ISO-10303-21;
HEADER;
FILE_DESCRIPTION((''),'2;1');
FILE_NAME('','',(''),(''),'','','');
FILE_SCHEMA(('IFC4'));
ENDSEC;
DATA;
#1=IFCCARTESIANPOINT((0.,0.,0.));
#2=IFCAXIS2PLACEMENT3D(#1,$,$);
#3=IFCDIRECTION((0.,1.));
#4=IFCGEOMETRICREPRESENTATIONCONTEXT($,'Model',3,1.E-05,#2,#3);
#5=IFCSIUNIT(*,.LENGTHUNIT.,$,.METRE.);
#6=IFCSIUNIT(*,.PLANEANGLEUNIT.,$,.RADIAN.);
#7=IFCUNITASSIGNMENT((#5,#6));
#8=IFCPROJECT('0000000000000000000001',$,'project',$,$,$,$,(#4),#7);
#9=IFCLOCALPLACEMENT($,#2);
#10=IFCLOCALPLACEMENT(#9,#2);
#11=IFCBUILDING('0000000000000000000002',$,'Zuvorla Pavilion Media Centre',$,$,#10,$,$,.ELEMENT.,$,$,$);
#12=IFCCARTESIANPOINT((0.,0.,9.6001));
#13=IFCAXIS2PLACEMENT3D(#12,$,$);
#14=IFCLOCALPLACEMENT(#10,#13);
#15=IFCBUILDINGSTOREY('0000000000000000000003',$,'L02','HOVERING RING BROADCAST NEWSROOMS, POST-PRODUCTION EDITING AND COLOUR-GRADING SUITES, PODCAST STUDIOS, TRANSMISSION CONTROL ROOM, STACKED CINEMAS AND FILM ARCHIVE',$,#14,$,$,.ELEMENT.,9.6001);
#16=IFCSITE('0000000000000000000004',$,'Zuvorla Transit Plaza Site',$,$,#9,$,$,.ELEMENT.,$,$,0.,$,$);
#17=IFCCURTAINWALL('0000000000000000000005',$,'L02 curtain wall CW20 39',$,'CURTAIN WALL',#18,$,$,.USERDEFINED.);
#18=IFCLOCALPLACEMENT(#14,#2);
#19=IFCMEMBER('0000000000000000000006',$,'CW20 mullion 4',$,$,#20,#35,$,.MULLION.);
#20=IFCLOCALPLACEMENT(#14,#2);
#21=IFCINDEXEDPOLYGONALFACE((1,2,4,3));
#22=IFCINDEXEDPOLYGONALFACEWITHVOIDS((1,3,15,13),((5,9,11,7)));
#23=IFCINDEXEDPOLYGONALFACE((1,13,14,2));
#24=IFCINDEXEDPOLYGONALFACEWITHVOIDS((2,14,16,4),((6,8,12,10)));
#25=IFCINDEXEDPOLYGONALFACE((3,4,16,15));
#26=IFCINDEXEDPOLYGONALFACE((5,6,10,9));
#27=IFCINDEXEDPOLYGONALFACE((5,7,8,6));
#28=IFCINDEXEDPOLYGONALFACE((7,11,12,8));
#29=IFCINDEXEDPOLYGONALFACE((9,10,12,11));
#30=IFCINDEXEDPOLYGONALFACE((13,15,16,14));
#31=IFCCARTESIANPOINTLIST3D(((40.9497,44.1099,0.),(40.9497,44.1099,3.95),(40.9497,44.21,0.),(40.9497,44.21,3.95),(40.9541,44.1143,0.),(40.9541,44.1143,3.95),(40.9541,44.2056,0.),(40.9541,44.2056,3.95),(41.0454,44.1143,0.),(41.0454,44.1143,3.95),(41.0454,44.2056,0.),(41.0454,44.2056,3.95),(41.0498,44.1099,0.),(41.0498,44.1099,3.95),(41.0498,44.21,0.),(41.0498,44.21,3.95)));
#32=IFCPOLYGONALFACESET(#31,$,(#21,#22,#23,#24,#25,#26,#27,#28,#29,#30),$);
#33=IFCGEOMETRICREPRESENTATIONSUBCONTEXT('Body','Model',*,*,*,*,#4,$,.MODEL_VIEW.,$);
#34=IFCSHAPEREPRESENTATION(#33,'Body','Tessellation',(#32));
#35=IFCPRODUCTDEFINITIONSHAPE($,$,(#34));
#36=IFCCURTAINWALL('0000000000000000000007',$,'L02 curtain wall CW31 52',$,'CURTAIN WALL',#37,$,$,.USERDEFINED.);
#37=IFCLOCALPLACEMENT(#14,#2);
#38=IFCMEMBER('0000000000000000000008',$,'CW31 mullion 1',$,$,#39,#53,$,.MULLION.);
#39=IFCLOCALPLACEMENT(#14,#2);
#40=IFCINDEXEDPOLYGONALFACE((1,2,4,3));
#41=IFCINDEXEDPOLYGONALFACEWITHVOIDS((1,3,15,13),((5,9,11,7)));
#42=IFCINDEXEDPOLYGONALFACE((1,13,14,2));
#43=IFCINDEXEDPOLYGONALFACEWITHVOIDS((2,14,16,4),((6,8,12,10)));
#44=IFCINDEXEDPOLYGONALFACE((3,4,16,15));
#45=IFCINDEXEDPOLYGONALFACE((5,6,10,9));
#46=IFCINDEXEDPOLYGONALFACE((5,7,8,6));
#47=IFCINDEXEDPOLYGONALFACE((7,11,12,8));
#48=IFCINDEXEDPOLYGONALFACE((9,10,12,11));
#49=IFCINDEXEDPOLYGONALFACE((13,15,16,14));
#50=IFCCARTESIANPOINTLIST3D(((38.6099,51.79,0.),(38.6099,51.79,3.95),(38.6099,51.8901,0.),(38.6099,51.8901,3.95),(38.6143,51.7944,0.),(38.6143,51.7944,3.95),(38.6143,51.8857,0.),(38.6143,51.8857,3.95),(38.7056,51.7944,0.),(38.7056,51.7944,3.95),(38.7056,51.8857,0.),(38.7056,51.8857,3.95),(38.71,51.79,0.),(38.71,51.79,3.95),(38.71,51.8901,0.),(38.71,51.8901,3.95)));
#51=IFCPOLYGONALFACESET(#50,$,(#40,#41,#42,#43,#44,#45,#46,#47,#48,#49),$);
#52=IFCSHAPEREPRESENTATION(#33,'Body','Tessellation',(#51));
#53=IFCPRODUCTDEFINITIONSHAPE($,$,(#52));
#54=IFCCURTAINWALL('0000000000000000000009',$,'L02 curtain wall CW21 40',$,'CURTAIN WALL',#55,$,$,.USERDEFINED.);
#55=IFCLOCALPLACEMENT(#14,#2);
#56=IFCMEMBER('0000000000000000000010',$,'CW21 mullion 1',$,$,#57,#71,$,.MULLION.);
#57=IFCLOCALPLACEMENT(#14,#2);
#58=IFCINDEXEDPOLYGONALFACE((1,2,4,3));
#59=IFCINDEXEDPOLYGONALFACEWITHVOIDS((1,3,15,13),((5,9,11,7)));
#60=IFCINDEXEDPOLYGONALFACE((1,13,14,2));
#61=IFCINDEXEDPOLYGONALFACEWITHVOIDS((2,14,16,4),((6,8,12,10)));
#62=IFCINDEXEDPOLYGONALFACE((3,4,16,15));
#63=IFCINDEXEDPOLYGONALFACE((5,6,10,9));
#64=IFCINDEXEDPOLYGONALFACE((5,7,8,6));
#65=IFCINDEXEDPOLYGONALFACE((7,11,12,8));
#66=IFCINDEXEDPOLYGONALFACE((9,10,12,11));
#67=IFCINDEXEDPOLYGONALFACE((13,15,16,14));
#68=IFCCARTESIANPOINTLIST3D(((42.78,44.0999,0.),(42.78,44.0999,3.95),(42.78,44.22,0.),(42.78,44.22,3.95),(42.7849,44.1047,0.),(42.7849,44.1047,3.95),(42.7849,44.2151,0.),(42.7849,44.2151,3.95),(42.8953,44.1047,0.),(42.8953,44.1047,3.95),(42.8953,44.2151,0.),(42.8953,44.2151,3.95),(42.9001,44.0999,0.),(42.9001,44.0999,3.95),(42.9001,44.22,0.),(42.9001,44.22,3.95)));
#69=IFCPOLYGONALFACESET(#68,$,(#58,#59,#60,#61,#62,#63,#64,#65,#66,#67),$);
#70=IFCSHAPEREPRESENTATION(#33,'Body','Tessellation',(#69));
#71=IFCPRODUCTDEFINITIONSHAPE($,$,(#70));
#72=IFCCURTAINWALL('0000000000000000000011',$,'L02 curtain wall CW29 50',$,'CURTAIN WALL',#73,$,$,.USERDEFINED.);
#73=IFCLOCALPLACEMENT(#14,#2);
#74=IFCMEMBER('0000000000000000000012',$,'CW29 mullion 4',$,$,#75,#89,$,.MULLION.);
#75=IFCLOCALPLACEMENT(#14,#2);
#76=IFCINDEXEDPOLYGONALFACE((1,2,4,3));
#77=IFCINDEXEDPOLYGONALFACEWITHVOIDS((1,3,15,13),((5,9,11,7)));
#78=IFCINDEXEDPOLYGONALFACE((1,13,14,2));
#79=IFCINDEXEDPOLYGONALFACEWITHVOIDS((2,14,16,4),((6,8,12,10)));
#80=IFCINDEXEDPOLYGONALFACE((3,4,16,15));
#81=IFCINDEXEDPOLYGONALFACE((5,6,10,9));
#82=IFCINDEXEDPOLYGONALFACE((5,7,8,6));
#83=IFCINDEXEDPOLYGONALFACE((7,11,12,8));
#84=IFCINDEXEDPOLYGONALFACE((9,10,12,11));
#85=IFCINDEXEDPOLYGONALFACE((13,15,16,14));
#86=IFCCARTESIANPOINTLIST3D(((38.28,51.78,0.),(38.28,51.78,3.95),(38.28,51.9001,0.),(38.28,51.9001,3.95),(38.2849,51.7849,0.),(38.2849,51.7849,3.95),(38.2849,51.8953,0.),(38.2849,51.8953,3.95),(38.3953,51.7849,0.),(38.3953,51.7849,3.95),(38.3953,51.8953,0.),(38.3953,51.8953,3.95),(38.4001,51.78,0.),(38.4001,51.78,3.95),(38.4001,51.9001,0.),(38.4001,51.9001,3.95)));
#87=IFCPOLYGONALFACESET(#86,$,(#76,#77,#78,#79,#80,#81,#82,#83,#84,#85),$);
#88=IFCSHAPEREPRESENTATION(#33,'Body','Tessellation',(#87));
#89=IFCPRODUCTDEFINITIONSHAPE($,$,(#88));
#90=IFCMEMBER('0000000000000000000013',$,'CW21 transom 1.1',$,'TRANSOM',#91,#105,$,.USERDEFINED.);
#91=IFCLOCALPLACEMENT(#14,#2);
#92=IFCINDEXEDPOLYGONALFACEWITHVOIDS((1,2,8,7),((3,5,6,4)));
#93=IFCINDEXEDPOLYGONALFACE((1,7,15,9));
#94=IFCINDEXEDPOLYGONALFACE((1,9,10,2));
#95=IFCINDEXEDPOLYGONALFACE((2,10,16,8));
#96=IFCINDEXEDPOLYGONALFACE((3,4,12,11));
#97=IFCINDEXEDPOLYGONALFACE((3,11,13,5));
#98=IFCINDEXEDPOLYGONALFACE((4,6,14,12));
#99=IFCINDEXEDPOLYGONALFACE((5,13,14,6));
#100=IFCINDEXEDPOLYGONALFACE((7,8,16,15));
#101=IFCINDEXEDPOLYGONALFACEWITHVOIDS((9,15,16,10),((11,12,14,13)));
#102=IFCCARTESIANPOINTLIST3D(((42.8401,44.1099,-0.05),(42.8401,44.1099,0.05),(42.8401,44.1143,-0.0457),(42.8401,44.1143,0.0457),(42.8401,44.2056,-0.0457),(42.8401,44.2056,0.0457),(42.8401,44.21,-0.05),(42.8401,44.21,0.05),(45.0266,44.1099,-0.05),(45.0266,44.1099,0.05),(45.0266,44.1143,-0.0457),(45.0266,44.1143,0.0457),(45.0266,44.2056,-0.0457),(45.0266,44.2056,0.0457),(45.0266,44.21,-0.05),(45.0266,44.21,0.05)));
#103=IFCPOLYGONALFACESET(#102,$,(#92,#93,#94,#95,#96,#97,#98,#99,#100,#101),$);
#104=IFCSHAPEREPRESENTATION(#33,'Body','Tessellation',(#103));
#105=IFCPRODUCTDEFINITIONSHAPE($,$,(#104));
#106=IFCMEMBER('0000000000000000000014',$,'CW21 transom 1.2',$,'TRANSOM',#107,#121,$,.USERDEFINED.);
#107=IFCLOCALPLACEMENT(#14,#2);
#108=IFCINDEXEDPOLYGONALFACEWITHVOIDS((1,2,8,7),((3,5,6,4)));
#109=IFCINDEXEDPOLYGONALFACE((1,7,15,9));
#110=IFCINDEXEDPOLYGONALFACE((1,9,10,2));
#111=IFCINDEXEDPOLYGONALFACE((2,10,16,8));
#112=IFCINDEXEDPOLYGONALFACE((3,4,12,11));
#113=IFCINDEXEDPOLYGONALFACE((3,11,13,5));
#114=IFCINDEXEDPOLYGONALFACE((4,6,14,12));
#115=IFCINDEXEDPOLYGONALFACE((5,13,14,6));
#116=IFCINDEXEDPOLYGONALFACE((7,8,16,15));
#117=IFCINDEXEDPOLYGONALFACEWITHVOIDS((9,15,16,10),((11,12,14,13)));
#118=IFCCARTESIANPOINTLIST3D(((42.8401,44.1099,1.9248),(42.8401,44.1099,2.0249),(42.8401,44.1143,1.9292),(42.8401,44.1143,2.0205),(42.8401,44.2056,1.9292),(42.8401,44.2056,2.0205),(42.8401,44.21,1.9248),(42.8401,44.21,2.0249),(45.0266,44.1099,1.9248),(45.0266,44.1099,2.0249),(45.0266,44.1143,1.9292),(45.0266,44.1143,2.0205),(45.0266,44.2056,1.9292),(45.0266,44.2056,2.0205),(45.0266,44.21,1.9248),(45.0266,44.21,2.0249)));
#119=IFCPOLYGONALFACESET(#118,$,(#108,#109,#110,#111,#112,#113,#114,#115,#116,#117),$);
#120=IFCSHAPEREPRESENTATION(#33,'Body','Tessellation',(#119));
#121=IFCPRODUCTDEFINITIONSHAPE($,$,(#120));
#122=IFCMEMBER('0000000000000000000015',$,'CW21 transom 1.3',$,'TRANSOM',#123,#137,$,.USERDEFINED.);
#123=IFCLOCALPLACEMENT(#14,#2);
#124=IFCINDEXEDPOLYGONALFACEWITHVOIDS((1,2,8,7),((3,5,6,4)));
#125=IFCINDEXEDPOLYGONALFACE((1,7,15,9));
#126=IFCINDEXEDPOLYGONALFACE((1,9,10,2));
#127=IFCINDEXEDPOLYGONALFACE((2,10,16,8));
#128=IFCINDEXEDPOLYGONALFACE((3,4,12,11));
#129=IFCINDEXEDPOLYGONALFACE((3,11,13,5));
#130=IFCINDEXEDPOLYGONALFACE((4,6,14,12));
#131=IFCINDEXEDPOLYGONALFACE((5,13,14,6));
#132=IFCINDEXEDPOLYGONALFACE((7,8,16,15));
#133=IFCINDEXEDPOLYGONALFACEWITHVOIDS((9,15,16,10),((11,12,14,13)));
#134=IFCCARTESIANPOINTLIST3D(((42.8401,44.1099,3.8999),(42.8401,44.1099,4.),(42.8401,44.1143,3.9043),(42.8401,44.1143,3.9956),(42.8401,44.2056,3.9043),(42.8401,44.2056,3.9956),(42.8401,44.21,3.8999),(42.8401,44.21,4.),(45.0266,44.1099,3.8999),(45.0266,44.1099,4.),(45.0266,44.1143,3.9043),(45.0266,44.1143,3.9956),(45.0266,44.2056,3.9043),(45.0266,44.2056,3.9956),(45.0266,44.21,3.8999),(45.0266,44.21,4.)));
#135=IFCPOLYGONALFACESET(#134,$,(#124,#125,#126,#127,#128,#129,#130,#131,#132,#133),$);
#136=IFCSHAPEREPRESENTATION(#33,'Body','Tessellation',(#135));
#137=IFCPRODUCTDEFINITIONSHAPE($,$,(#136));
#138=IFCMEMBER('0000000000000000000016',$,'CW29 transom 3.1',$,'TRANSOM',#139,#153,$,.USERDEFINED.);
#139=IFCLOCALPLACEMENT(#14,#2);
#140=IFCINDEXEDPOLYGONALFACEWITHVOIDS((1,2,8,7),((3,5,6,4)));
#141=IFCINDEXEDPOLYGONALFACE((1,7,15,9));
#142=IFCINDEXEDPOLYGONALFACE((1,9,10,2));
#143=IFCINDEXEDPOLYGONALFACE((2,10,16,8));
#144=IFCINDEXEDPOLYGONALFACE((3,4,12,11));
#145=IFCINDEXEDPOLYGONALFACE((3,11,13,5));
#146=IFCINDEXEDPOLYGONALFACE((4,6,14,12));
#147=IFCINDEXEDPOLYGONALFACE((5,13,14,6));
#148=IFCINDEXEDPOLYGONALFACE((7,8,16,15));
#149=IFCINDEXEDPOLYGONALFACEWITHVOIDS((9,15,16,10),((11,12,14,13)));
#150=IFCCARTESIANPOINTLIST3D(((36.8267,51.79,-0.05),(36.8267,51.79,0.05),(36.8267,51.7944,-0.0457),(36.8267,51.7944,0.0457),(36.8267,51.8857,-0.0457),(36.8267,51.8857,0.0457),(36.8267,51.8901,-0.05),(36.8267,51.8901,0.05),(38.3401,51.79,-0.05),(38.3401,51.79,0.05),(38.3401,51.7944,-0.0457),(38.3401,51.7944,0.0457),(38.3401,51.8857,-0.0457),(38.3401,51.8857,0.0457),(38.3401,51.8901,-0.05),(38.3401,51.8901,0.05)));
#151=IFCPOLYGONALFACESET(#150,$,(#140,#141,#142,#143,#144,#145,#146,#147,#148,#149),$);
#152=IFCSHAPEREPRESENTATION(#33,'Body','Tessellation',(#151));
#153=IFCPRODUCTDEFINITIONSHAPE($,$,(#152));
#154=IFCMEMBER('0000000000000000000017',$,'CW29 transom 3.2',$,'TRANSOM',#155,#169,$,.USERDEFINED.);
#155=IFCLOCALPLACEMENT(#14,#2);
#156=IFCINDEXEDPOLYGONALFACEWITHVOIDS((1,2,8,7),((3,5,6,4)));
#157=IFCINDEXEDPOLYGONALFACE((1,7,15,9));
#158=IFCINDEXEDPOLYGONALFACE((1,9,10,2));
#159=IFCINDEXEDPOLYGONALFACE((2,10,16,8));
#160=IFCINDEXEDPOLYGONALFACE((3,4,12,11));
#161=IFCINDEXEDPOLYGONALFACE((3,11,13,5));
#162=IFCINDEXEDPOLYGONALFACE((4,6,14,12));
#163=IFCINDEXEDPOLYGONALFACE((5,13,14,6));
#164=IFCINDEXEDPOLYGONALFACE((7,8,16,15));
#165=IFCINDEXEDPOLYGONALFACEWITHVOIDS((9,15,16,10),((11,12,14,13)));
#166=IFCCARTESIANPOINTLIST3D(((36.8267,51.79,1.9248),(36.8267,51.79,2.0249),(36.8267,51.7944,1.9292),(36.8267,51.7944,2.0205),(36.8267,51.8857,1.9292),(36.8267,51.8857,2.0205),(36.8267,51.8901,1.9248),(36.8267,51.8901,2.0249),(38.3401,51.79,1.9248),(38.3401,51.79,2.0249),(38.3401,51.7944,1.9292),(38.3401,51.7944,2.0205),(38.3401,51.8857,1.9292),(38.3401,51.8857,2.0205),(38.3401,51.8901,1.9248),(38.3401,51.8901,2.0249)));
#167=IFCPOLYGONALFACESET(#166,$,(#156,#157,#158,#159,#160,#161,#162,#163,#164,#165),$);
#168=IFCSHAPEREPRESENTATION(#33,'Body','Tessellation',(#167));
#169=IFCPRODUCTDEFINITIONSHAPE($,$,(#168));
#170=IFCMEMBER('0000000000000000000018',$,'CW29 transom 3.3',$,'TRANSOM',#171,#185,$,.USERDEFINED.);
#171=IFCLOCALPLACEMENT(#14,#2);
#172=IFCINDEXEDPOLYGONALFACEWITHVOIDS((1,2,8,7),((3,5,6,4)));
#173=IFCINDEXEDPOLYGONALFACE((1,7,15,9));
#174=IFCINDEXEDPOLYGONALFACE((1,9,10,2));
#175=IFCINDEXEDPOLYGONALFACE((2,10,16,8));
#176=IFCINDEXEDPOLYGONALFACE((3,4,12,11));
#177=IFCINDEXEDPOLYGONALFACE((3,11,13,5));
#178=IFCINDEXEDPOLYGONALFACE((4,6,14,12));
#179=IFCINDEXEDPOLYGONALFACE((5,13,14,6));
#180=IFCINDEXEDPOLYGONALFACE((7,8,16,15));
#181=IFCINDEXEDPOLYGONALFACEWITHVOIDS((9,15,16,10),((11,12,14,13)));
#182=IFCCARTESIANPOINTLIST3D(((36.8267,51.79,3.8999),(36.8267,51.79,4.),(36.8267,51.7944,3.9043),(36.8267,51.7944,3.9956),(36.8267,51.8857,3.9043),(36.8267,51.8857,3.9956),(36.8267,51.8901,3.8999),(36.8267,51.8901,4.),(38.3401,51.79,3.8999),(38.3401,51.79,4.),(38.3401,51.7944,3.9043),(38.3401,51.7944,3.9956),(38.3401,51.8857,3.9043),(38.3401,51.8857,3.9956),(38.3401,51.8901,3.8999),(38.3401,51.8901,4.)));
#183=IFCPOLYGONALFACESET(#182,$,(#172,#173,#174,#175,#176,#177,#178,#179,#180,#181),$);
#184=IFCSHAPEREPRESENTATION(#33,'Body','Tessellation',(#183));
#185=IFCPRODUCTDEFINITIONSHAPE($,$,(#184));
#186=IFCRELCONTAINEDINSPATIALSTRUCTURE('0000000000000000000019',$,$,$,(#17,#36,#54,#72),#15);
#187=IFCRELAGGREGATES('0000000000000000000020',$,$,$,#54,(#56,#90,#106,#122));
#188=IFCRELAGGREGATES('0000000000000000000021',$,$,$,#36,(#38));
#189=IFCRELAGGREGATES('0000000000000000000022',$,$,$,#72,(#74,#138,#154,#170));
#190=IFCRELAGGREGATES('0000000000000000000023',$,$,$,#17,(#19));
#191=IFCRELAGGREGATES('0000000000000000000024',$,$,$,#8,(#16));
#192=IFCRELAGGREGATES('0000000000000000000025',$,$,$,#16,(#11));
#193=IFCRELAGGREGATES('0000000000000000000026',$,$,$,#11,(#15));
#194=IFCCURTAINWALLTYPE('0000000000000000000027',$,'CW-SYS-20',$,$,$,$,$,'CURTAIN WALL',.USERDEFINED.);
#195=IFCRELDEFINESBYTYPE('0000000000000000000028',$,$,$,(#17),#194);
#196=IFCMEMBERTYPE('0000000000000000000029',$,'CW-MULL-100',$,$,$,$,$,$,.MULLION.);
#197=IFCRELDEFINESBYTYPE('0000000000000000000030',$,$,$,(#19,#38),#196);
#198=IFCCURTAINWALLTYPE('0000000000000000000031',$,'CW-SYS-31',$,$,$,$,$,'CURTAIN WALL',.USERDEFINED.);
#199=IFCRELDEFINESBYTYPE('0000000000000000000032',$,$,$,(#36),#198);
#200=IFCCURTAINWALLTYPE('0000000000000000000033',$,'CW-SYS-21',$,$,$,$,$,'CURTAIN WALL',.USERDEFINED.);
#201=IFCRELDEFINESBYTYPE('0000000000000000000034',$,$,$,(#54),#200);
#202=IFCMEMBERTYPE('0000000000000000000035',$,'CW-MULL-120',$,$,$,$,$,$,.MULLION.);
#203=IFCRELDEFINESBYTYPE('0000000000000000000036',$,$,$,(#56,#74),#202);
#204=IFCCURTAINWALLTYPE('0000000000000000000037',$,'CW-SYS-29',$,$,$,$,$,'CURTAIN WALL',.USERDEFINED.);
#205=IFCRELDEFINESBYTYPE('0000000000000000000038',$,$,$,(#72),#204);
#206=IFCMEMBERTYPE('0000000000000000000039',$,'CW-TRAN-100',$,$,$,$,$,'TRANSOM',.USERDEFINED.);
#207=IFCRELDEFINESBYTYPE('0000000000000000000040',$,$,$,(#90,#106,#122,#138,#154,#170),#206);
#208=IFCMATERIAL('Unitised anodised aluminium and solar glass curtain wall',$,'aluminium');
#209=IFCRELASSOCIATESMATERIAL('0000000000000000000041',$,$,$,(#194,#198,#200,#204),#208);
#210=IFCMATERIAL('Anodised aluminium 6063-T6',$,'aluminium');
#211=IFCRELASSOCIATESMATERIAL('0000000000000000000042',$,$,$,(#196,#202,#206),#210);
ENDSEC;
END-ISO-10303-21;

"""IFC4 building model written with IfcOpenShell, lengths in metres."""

from ifc_helpers import new_model, si_unit, direction, frame, origin, origin_2d, place, context, subcontext, project, spatial, hollow_rectangle, extrude, material, material_profile, profile_set, type_object, element, aggregate, save


model = new_model("IFC4")

# Units and contexts
model_context = context("Model", 3, precision=1e-05, world=origin(), true_north=direction((0.0, 1.0)))
body_context = subcontext(model_context, "Body", "Model", "MODEL_VIEW")
ifc_project = project(units=[si_unit("LENGTHUNIT", "METRE"), si_unit("PLANEANGLEUNIT", "RADIAN")], contexts=[model_context])

# Site, building, storey
site_placement = place(None, origin())
site = spatial("IfcSite", under=ifc_project, at=site_placement, Name="Zuvorla Transit Plaza Site", CompositionType="ELEMENT", RefElevation=0.0)
building_placement = place(site_placement, origin())
building = spatial("IfcBuilding", under=site, at=building_placement, Name="Zuvorla Pavilion Media Centre", CompositionType="ELEMENT")
storey_placement = place(building_placement, frame((0.0, 0.0, 9.6001)))
storey = spatial("IfcBuildingStorey", under=building, at=storey_placement, Name="L02", Description="HOVERING RING BROADCAST NEWSROOMS, POST-PRODUCTION EDITING AND COLOUR-GRADING SUITES, PODCAST STUDIOS, TRANSMISSION CONTROL ROOM, STACKED CINEMAS AND FILM ARCHIVE", CompositionType="ELEMENT", Elevation=9.6001)

# Curtain wall, member
ifc_material_1 = material(Name="Unitised anodised aluminium and solar glass curtain wall", Category="aluminium")
curtain_wall_type_1 = type_object("IfcCurtainWallType", Name="CW-SYS-20", ElementType="CURTAIN WALL", PredefinedType="USERDEFINED", material=ifc_material_1)
curtain_wall_1_placement = place(storey_placement, origin())
curtain_wall_1 = element("IfcCurtainWall", 1, at=curtain_wall_1_placement, inside=storey, type_object=curtain_wall_type_1, Name="L02 curtain wall CW20 39", ObjectType="CURTAIN WALL", PredefinedType="USERDEFINED")
ifc_material_2 = material(Name="Anodised aluminium 6063-T6", Category="aluminium")
ifc_material_profile_1 = material_profile(ifc_material_2, hollow_rectangle(XDim=0.1001, YDim=0.1001, WallThickness=0.0044, at=origin_2d()), Name="ALU MULL 100x100")
ifc_profile_set_1 = profile_set([ifc_material_profile_1], Name="Anodised aluminium 6063-T6")
member_type_1 = type_object("IfcMemberType", Name="CW-MULL-100", PredefinedType="MULLION", material=ifc_profile_set_1)
member_1_placement = place(storey_placement, frame((40.9998, 44.1599, 0.0), z_axis=(0.0, 0.0, 1.0), x_axis=(1.0, 0.0, 0.0)))
member_1 = element("IfcMember", 2, at=member_1_placement, type_object=member_type_1, Name="CW20 mullion 4", PredefinedType="MULLION", context=body_context, shape_type="SweptSolid", body=[
    extrude(hollow_rectangle(XDim=0.1001, YDim=0.1001, WallThickness=0.0044, at=origin_2d()), origin(), (0.0, 0.0, 1.0), 3.95),
])

# Curtain walls, members
curtain_wall_type_2 = type_object("IfcCurtainWallType", Name="CW-SYS-31", ElementType="CURTAIN WALL", PredefinedType="USERDEFINED", material=ifc_material_1)
curtain_wall_2_placement = place(storey_placement, origin())
curtain_wall_2 = element("IfcCurtainWall", 3, at=curtain_wall_2_placement, inside=storey, type_object=curtain_wall_type_2, Name="L02 curtain wall CW31 52", ObjectType="CURTAIN WALL", PredefinedType="USERDEFINED")
member_2_placement = place(storey_placement, frame((38.6599, 51.8401, 0.0), z_axis=(0.0, 0.0, 1.0), x_axis=(1.0, 0.0, 0.0)))
member_2 = element("IfcMember", 4, at=member_2_placement, type_object=member_type_1, Name="CW31 mullion 1", PredefinedType="MULLION", context=body_context, shape_type="SweptSolid", body=[
    extrude(hollow_rectangle(XDim=0.1001, YDim=0.1001, WallThickness=0.0044, at=origin_2d()), origin(), (0.0, 0.0, 1.0), 3.95),
])
curtain_wall_type_3 = type_object("IfcCurtainWallType", Name="CW-SYS-21", ElementType="CURTAIN WALL", PredefinedType="USERDEFINED", material=ifc_material_1)
curtain_wall_3_placement = place(storey_placement, origin())
curtain_wall_3 = element("IfcCurtainWall", 5, at=curtain_wall_3_placement, inside=storey, type_object=curtain_wall_type_3, Name="L02 curtain wall CW21 40", ObjectType="CURTAIN WALL", PredefinedType="USERDEFINED")
ifc_material_profile_2 = material_profile(ifc_material_2, hollow_rectangle(XDim=0.1201, YDim=0.1201, WallThickness=0.0049, at=origin_2d()), Name="ALU MULL 120x120")
ifc_profile_set_2 = profile_set([ifc_material_profile_2], Name="Anodised aluminium 6063-T6")
member_type_2 = type_object("IfcMemberType", Name="CW-MULL-120", PredefinedType="MULLION", material=ifc_profile_set_2)
member_3_placement = place(storey_placement, frame((42.8401, 44.1599, 0.0), z_axis=(0.0, 0.0, 1.0), x_axis=(1.0, 0.0, 0.0)))
member_3 = element("IfcMember", 6, at=member_3_placement, type_object=member_type_2, Name="CW21 mullion 1", PredefinedType="MULLION", context=body_context, shape_type="SweptSolid", body=[
    extrude(hollow_rectangle(XDim=0.1201, YDim=0.1201, WallThickness=0.0049, at=origin_2d()), origin(), (0.0, 0.0, 1.0), 3.95),
])
curtain_wall_type_4 = type_object("IfcCurtainWallType", Name="CW-SYS-29", ElementType="CURTAIN WALL", PredefinedType="USERDEFINED", material=ifc_material_1)
curtain_wall_4_placement = place(storey_placement, origin())
curtain_wall_4 = element("IfcCurtainWall", 7, at=curtain_wall_4_placement, inside=storey, type_object=curtain_wall_type_4, Name="L02 curtain wall CW29 50", ObjectType="CURTAIN WALL", PredefinedType="USERDEFINED")
member_4_placement = place(storey_placement, frame((38.3401, 51.8401, 0.0), z_axis=(0.0, 0.0, 1.0), x_axis=(1.0, 0.0, 0.0)))
member_4 = element("IfcMember", 8, at=member_4_placement, type_object=member_type_2, Name="CW29 mullion 4", PredefinedType="MULLION", context=body_context, shape_type="SweptSolid", body=[
    extrude(hollow_rectangle(XDim=0.1201, YDim=0.1201, WallThickness=0.0049, at=origin_2d()), origin(), (0.0, 0.0, 1.0), 3.95),
])

# Members
ifc_material_profile_3 = material_profile(ifc_material_2, hollow_rectangle(XDim=0.1001, YDim=0.1001, WallThickness=0.0044, at=origin_2d()), Name="ALU TRAN 100x100")
ifc_profile_set_3 = profile_set([ifc_material_profile_3], Name="Anodised aluminium 6063-T6")
member_type_3 = type_object("IfcMemberType", Name="CW-TRAN-100", ElementType="TRANSOM", PredefinedType="USERDEFINED", material=ifc_profile_set_3)
member_5_placement = place(storey_placement, frame((42.8401, 44.1599, 0.0), z_axis=(1.0, 0.0, 0.0), x_axis=(0.0, 1.0, 0.0)))
member_5 = element("IfcMember", 9, at=member_5_placement, type_object=member_type_3, Name="CW21 transom 1.1", ObjectType="TRANSOM", PredefinedType="USERDEFINED", context=body_context, shape_type="SweptSolid", body=[
    extrude(hollow_rectangle(XDim=0.1001, YDim=0.1001, WallThickness=0.0044, at=origin_2d()), origin(), (0.0, 0.0, 1.0), 2.1865),
])
member_6_placement = place(storey_placement, frame((42.8401, 44.1599, 1.9749), z_axis=(1.0, 0.0, 0.0), x_axis=(0.0, 1.0, 0.0)))
member_6 = element("IfcMember", 10, at=member_6_placement, type_object=member_type_3, Name="CW21 transom 1.2", ObjectType="TRANSOM", PredefinedType="USERDEFINED", context=body_context, shape_type="SweptSolid", body=[
    extrude(hollow_rectangle(XDim=0.1001, YDim=0.1001, WallThickness=0.0044, at=origin_2d()), origin(), (0.0, 0.0, 1.0), 2.1865),
])
member_7_placement = place(storey_placement, frame((42.8401, 44.1599, 3.95), z_axis=(1.0, 0.0, 0.0), x_axis=(0.0, 1.0, 0.0)))
member_7 = element("IfcMember", 11, at=member_7_placement, type_object=member_type_3, Name="CW21 transom 1.3", ObjectType="TRANSOM", PredefinedType="USERDEFINED", context=body_context, shape_type="SweptSolid", body=[
    extrude(hollow_rectangle(XDim=0.1001, YDim=0.1001, WallThickness=0.0044, at=origin_2d()), origin(), (0.0, 0.0, 1.0), 2.1865),
])
aggregate(curtain_wall_3, [member_3, member_5, member_6, member_7])
member_8_placement = place(storey_placement, frame((36.8267, 51.8401, 0.0), z_axis=(1.0, 0.0, 0.0), x_axis=(0.0, 1.0, 0.0)))
member_8 = element("IfcMember", 12, at=member_8_placement, type_object=member_type_3, Name="CW29 transom 3.1", ObjectType="TRANSOM", PredefinedType="USERDEFINED", context=body_context, shape_type="SweptSolid", body=[
    extrude(hollow_rectangle(XDim=0.1001, YDim=0.1001, WallThickness=0.0044, at=origin_2d()), origin(), (0.0, 0.0, 1.0), 1.5134),
])
member_9_placement = place(storey_placement, frame((36.8267, 51.8401, 1.9749), z_axis=(1.0, 0.0, 0.0), x_axis=(0.0, 1.0, 0.0)))
member_9 = element("IfcMember", 13, at=member_9_placement, type_object=member_type_3, Name="CW29 transom 3.2", ObjectType="TRANSOM", PredefinedType="USERDEFINED", context=body_context, shape_type="SweptSolid", body=[
    extrude(hollow_rectangle(XDim=0.1001, YDim=0.1001, WallThickness=0.0044, at=origin_2d()), origin(), (0.0, 0.0, 1.0), 1.5134),
])
member_10_placement = place(storey_placement, frame((36.8267, 51.8401, 3.95), z_axis=(1.0, 0.0, 0.0), x_axis=(0.0, 1.0, 0.0)))
member_10 = element("IfcMember", 14, at=member_10_placement, type_object=member_type_3, Name="CW29 transom 3.3", ObjectType="TRANSOM", PredefinedType="USERDEFINED", context=body_context, shape_type="SweptSolid", body=[
    extrude(hollow_rectangle(XDim=0.1001, YDim=0.1001, WallThickness=0.0044, at=origin_2d()), origin(), (0.0, 0.0, 1.0), 1.5134),
])
aggregate(curtain_wall_2, [member_2])

aggregate(curtain_wall_4, [member_4, member_8, member_9, member_10])
aggregate(curtain_wall_1, [member_1])

save(model, "model.ifc")
